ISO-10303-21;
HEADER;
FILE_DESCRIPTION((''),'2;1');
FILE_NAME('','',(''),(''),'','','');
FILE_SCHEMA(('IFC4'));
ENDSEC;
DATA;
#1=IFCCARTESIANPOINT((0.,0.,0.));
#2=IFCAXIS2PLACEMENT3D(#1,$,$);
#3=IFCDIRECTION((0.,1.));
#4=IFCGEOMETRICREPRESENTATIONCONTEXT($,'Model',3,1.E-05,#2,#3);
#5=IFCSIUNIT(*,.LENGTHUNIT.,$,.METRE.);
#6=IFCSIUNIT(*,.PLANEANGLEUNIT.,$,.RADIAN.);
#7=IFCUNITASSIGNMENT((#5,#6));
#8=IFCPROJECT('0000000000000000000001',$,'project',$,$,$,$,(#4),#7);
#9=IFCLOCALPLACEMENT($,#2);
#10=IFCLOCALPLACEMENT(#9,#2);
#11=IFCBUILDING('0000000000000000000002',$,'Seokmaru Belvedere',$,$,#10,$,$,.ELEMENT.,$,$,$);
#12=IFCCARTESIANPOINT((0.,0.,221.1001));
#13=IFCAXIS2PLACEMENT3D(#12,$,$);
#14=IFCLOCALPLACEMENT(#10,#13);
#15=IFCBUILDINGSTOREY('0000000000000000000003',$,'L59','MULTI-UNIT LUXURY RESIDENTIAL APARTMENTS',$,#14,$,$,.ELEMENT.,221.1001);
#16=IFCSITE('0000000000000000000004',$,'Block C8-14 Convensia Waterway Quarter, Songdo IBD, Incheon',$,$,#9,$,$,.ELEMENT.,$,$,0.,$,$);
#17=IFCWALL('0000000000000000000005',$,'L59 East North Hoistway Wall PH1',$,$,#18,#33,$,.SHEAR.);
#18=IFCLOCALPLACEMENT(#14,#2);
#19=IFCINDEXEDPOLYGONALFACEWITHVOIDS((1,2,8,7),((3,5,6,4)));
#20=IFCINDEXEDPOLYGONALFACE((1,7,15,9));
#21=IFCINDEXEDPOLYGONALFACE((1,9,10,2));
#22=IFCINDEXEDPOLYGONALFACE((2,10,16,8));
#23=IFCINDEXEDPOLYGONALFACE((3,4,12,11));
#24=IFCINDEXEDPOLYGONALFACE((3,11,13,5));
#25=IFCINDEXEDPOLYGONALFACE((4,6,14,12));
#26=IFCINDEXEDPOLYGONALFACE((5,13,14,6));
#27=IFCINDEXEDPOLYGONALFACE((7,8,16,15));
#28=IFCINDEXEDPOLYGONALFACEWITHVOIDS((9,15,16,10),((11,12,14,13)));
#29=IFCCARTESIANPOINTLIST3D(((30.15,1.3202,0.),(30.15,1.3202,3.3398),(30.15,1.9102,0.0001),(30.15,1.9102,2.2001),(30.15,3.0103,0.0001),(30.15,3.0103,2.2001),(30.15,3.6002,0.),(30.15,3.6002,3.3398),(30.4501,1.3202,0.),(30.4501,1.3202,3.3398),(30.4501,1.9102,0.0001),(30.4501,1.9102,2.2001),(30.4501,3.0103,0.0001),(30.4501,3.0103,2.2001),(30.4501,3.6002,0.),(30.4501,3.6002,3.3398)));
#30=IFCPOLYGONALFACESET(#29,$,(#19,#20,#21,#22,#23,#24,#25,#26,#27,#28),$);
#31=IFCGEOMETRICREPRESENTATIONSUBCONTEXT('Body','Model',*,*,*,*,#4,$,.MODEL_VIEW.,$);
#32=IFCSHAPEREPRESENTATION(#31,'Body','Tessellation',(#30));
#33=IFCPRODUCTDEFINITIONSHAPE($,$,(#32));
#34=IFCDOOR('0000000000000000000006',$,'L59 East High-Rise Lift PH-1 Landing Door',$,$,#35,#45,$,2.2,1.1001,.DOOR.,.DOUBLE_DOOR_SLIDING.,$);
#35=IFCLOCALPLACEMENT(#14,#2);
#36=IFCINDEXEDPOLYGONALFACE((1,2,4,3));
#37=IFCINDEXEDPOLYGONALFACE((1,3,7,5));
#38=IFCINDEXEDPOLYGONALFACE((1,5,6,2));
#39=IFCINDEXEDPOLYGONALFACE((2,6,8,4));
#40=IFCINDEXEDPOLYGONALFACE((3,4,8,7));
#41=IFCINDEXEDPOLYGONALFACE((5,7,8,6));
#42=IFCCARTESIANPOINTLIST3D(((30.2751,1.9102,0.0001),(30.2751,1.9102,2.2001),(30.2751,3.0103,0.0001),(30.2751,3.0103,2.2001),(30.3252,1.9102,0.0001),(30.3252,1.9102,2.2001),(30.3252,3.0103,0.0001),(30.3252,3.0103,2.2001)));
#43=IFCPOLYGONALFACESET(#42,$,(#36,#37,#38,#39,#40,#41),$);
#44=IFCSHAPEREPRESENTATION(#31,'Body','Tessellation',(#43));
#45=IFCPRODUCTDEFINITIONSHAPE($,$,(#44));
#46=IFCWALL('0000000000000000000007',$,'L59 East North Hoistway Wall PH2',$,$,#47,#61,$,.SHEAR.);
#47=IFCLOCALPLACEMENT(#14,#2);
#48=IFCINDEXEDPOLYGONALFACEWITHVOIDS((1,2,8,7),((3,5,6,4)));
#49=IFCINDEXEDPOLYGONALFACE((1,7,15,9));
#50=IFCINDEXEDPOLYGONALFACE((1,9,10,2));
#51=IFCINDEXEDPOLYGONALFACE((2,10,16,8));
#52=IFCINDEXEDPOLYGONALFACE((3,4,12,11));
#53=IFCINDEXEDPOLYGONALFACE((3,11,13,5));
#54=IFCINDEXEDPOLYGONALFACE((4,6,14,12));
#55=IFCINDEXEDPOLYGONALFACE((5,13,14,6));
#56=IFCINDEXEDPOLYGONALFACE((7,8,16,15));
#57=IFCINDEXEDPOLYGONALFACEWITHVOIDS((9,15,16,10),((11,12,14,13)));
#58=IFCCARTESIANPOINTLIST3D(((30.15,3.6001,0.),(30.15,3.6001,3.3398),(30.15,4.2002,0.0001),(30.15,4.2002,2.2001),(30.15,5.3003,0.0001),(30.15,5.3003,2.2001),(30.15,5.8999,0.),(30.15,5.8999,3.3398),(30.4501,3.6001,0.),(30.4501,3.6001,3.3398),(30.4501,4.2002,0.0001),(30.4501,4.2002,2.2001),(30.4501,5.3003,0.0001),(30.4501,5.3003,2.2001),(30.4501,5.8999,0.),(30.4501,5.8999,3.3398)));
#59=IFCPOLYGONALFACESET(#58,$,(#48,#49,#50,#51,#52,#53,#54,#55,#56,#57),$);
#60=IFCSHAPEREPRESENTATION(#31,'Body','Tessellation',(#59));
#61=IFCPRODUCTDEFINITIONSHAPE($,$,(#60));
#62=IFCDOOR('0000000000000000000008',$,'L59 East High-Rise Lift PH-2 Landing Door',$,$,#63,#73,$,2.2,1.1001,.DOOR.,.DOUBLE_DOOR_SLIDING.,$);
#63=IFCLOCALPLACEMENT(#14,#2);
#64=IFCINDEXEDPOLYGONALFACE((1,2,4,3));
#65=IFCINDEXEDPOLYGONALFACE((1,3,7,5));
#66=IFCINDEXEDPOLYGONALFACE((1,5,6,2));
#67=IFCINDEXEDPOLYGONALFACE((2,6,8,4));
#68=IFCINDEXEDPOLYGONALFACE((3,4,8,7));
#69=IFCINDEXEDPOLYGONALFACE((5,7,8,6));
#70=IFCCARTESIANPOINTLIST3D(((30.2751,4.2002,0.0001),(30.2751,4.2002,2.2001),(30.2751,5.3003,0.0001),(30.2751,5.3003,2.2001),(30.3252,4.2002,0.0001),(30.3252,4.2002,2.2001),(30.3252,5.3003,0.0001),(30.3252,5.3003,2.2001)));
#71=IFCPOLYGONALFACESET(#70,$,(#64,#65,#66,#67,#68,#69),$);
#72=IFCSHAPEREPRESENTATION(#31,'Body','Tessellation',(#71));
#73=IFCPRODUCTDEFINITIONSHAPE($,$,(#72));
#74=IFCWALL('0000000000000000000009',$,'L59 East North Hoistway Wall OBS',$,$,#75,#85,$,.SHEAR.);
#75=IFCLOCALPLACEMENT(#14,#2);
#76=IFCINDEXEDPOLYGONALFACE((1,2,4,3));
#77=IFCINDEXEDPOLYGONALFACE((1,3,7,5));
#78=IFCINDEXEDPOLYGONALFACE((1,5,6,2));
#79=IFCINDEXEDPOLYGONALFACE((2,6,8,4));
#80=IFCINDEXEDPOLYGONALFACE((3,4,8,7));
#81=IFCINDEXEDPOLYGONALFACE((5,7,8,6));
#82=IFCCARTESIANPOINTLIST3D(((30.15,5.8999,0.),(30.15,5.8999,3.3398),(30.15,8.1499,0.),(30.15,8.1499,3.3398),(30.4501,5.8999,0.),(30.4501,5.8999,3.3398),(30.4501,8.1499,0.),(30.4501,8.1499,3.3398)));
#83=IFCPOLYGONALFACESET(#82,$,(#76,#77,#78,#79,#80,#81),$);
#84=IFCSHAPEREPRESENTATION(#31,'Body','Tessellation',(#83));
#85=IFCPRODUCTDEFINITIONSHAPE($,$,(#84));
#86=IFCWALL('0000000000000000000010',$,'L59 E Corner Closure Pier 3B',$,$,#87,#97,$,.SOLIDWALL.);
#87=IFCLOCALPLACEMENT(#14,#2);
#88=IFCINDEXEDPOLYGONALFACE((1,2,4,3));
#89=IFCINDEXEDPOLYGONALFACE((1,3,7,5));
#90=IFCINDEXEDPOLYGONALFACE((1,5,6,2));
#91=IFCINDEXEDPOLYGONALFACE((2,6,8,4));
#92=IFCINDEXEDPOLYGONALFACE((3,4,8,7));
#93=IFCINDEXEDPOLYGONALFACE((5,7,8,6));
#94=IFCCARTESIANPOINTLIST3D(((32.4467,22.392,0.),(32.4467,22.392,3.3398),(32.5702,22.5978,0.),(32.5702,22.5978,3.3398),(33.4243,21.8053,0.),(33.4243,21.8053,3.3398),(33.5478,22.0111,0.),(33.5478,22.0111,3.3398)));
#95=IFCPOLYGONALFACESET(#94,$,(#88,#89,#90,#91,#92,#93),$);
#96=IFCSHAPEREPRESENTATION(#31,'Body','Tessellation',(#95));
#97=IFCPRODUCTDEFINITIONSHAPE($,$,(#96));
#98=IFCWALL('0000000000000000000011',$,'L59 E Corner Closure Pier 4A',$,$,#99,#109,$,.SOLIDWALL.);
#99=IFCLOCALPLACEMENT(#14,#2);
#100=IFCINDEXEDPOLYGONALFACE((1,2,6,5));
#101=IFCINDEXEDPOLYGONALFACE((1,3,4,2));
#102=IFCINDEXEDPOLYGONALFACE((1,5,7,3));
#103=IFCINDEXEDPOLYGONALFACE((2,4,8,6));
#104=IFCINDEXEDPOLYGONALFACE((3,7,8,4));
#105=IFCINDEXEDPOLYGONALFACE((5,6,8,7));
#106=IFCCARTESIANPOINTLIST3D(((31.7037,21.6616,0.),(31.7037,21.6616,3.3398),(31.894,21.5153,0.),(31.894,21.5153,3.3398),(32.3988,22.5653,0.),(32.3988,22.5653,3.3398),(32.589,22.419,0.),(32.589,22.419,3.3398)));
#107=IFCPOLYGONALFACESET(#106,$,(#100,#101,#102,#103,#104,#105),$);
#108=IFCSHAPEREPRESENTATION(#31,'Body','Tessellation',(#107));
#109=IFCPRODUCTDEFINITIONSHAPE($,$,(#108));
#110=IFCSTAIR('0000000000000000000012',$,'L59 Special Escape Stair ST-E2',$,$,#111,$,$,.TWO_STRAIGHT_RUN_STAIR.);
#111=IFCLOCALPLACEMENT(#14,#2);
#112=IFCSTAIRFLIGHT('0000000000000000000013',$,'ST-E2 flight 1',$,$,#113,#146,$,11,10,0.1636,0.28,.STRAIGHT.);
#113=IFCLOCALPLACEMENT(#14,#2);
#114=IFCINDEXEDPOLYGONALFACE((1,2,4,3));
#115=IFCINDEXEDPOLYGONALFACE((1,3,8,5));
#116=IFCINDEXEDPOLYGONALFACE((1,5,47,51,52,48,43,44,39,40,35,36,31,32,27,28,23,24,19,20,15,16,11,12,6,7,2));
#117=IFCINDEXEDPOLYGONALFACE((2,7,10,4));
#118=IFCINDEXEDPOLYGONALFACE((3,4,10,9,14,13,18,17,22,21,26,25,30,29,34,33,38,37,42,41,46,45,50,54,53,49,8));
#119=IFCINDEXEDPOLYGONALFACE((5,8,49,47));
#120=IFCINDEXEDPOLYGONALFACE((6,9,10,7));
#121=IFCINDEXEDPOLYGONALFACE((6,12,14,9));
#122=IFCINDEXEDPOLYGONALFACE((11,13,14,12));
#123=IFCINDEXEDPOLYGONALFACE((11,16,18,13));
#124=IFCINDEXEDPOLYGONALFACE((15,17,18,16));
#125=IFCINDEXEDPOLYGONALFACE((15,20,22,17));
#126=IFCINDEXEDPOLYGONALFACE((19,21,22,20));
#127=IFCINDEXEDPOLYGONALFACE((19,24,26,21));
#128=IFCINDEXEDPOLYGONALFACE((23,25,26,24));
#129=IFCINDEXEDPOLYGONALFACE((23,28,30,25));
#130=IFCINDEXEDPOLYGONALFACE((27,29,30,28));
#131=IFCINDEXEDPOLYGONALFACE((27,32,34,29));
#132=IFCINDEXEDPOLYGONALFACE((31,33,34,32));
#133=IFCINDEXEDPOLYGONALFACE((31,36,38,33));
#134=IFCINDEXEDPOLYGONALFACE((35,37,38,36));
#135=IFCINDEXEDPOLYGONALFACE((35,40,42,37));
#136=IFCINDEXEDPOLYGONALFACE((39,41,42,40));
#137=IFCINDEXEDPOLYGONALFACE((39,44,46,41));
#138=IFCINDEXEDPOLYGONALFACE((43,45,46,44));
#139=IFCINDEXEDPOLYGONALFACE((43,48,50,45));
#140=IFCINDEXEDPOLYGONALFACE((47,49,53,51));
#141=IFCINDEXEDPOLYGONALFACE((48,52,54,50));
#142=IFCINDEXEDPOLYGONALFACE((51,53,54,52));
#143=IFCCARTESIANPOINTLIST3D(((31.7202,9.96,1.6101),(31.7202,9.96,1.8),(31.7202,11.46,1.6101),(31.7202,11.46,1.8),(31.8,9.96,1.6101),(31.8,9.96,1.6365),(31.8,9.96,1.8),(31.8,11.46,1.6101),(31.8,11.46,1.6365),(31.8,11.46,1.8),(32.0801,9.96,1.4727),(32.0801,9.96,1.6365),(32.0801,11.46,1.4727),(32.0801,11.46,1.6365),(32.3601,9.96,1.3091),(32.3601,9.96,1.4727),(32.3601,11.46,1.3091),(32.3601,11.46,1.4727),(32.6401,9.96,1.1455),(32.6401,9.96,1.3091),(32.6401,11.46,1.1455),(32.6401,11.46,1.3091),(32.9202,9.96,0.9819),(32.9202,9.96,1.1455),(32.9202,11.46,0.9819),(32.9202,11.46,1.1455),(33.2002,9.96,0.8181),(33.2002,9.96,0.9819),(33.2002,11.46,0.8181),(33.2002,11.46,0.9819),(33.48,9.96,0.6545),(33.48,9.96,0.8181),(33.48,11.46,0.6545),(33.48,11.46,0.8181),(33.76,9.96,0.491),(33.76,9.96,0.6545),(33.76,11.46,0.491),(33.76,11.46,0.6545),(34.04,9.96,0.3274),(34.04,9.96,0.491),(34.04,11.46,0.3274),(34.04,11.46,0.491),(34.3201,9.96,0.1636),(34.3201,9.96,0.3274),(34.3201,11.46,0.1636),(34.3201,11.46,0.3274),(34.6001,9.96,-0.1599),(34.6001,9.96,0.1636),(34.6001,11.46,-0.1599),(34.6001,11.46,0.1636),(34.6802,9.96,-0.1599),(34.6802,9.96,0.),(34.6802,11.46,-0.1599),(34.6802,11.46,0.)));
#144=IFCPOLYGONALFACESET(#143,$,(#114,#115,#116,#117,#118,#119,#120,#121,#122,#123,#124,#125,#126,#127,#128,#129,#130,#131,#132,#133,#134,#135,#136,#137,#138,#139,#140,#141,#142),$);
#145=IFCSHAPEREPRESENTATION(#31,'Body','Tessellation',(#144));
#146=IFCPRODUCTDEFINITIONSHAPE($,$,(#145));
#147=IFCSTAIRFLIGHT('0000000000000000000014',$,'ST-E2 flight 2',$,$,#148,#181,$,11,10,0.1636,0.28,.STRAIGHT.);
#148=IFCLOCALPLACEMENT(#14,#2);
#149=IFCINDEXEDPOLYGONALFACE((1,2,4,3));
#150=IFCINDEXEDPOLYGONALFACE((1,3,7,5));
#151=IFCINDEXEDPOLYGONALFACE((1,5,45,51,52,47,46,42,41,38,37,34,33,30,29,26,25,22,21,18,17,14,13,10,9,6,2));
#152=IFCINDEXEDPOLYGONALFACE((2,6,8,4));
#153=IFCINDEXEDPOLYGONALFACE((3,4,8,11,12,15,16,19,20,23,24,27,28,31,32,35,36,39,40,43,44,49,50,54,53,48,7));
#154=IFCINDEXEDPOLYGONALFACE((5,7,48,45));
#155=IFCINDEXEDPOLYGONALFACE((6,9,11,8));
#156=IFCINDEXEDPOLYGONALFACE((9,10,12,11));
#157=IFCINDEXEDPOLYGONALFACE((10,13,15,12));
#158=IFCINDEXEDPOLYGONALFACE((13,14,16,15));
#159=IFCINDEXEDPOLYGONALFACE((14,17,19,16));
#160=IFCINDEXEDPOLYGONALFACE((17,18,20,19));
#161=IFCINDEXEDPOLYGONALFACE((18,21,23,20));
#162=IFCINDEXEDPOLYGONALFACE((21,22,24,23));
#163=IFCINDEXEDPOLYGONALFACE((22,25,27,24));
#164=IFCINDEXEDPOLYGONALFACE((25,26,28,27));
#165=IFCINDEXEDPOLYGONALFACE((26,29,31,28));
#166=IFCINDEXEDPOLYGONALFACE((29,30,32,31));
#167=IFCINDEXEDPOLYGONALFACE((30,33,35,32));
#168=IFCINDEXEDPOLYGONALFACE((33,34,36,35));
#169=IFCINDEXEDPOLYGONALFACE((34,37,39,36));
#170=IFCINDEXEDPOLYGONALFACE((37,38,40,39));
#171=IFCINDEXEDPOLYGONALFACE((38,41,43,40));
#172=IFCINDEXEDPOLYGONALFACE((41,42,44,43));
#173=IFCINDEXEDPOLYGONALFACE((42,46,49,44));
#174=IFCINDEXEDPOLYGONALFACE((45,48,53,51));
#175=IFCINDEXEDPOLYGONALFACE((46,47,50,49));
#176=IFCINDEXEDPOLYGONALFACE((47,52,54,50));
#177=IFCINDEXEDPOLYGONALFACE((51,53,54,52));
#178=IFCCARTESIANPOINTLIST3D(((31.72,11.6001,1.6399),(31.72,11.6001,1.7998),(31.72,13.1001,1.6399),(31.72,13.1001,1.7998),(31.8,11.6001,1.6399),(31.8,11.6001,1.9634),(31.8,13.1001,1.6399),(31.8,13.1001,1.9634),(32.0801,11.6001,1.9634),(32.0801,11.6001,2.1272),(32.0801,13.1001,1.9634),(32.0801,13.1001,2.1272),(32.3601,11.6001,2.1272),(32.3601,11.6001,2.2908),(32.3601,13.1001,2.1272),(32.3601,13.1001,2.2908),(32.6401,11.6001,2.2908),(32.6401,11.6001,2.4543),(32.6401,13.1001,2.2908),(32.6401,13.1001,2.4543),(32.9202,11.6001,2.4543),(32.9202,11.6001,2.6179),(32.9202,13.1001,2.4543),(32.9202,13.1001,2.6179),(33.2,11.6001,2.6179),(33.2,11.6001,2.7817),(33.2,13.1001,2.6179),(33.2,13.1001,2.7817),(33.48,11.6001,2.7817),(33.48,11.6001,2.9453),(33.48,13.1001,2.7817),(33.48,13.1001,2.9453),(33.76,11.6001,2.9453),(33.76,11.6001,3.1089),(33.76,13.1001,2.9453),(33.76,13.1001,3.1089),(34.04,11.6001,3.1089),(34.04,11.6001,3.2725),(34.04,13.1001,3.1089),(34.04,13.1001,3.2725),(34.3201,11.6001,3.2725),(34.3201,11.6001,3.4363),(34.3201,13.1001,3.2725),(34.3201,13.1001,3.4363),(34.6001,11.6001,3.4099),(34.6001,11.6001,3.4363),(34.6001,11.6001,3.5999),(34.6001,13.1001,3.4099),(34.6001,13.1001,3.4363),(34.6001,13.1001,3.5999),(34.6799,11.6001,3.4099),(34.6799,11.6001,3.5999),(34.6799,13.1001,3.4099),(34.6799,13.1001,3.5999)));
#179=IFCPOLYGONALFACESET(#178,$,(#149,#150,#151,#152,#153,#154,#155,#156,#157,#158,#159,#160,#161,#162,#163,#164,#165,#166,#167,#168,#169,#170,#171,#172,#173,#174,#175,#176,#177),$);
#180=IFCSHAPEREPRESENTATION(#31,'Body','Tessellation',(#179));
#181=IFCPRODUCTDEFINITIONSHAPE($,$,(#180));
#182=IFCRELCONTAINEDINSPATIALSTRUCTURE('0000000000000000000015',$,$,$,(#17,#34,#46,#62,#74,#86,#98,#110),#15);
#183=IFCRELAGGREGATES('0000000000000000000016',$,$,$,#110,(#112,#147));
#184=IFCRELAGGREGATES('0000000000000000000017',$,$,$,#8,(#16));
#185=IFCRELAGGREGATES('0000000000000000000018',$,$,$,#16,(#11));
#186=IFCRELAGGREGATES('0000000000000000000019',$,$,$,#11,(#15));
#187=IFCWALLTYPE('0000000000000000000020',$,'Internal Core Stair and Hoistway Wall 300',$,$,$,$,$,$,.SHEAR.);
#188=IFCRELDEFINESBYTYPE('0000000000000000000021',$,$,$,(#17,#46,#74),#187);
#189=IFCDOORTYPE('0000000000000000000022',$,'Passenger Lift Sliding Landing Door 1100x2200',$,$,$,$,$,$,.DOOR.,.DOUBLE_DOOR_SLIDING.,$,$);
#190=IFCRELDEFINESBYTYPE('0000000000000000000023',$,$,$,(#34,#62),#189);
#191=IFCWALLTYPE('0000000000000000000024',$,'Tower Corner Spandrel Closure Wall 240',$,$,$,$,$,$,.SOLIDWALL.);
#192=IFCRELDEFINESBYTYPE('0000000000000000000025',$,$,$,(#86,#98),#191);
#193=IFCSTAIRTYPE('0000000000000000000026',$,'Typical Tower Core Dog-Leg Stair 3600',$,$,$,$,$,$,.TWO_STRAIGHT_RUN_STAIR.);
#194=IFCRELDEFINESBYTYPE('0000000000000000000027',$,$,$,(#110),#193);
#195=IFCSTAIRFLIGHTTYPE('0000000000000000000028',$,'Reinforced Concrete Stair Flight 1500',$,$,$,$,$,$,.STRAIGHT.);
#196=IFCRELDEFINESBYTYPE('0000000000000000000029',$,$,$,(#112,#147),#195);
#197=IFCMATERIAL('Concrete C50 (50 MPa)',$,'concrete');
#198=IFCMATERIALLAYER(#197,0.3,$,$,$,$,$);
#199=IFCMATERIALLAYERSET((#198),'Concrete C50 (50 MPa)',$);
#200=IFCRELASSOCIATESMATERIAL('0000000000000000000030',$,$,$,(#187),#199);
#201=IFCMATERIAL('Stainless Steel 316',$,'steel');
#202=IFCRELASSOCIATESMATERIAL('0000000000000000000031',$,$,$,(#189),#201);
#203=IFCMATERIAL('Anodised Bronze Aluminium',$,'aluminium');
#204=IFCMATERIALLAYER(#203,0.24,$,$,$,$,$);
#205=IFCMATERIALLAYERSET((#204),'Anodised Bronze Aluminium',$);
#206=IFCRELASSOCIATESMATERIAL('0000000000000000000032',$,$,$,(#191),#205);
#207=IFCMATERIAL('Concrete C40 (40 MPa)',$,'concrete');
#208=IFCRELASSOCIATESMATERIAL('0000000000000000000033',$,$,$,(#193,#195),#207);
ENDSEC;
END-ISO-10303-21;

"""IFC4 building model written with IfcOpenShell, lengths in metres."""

from ifc_helpers import new_model, si_unit, direction, frame, frame_2d, origin, place, context, subcontext, project, spatial, polyline, rectangle, outline, extrude, source, transform, mapped, material, layer, layer_set, type_object, type_shapes, element, fill, aggregate, save


model = new_model("IFC4")

# Units and contexts
model_context = context("Model", 3, precision=1e-05, world=origin(), true_north=direction((0.0, 1.0)))
body_context = subcontext(model_context, "Body", "Model", "MODEL_VIEW")
ifc_project = project(units=[si_unit("LENGTHUNIT", "METRE"), si_unit("PLANEANGLEUNIT", "RADIAN")], contexts=[model_context])

# Site, building, storey
site_placement = place(None, origin())
site = spatial("IfcSite", under=ifc_project, at=site_placement, Name="Block C8-14 Convensia Waterway Quarter, Songdo IBD, Incheon", CompositionType="ELEMENT", RefElevation=0.0)
building_placement = place(site_placement, origin())
building = spatial("IfcBuilding", under=site, at=building_placement, Name="Seokmaru Belvedere", CompositionType="ELEMENT")
storey_placement = place(building_placement, frame((0.0, 0.0, 221.1001)))
storey = spatial("IfcBuildingStorey", under=building, at=storey_placement, Name="L59", Description="MULTI-UNIT LUXURY RESIDENTIAL APARTMENTS", CompositionType="ELEMENT", Elevation=221.1001)

# Shared definitions
ifc_material_1 = material(Name="Anodised Bronze Aluminium", Category="aluminium")

# Walls, openings, doors
ifc_material_2 = material(Name="Concrete C50 (50 MPa)", Category="concrete")
ifc_layer_1 = layer(ifc_material_2, 0.3)
ifc_layer_set_1 = layer_set([ifc_layer_1], Name="Concrete C50 (50 MPa)")
wall_type_1 = type_object("IfcWallType", Name="Internal Core Stair and Hoistway Wall 300", PredefinedType="SHEAR", material=ifc_layer_set_1)
wall_1_placement = place(storey_placement, frame((30.3, 1.3201, 0.0), z_axis=(0.0, 0.0, 1.0), x_axis=(0.0, 1.0, 0.0)))
wall_1 = element("IfcWall", 1, at=wall_1_placement, inside=storey, type_object=wall_type_1, Name="L59 East North Hoistway Wall PH1", PredefinedType="SHEAR", context=body_context, shape_type="SweptSolid", body=[
    extrude(rectangle(XDim=2.28, YDim=0.3, at=frame_2d((1.1401, 0.0))), origin(), (0.0, 0.0, 1.0), 3.3398),
])
opening_1_placement = place(wall_1_placement, frame((0.5901, 0.0, 0.0)))
opening_1 = element("IfcOpeningElement", 2, at=opening_1_placement, cuts=wall_1, PredefinedType="OPENING", context=body_context, shape_type="SweptSolid", body=[
    extrude(rectangle(XDim=1.1001, YDim=2.2, at=frame_2d((0.55, 1.1001))), frame((0.0, 0.1602, 0.0), z_axis=(0.0, -1.0, 0.0), x_axis=(1.0, 0.0, 0.0)), (0.0, 0.0, 1.0), 0.3201),
])
ifc_material_3 = material(Name="Stainless Steel 316", Category="steel")
door_type_1 = type_object("IfcDoorType", Name="Passenger Lift Sliding Landing Door 1100x2200", OperationType="DOUBLE_DOOR_SLIDING", PredefinedType="DOOR", material=ifc_material_3)
shared_shape_1 = source(origin(), body_context, "Body", "SweptSolid", [
    extrude(rectangle(XDim=1.1001, YDim=2.2, at=frame_2d((0.55, 1.1001))), frame((0.0, 0.0249, 0.0), z_axis=(0.0, -1.0, 0.0), x_axis=(1.0, 0.0, 0.0)), (0.0, 0.0, 1.0), 0.05),
])
type_shapes(door_type_1, [shared_shape_1])
door_1_placement = place(opening_1_placement, origin())
door_1 = element("IfcDoor", 3, at=door_1_placement, inside=storey, type_object=door_type_1, Name="L59 East High-Rise Lift PH-1 Landing Door", OperationType="DOUBLE_DOOR_SLIDING", OverallHeight=2.2, OverallWidth=1.1001, PredefinedType="DOOR", context=body_context, shape_type="MappedRepresentation", body=[
    mapped(shared_shape_1, transform((0.0, 0.0, 0.0), scale=1.0)),
])
fill(opening_1, door_1)
wall_2_placement = place(storey_placement, frame((30.3, 3.6001, 0.0), z_axis=(0.0, 0.0, 1.0), x_axis=(0.0, 1.0, 0.0)))
wall_2 = element("IfcWall", 4, at=wall_2_placement, inside=storey, type_object=wall_type_1, Name="L59 East North Hoistway Wall PH2", PredefinedType="SHEAR", context=body_context, shape_type="SweptSolid", body=[
    extrude(rectangle(XDim=2.2998, YDim=0.3, at=frame_2d((1.1499, 0.0))), origin(), (0.0, 0.0, 1.0), 3.3398),
])
opening_2_placement = place(wall_2_placement, frame((0.6001, 0.0, 0.0)))
opening_2 = element("IfcOpeningElement", 5, at=opening_2_placement, cuts=wall_2, PredefinedType="OPENING", context=body_context, shape_type="SweptSolid", body=[
    extrude(rectangle(XDim=1.1001, YDim=2.2, at=frame_2d((0.55, 1.1001))), frame((0.0, 0.1602, 0.0), z_axis=(0.0, -1.0, 0.0), x_axis=(1.0, 0.0, 0.0)), (0.0, 0.0, 1.0), 0.3201),
])
door_2_placement = place(opening_2_placement, origin())
door_2 = element("IfcDoor", 6, at=door_2_placement, inside=storey, type_object=door_type_1, Name="L59 East High-Rise Lift PH-2 Landing Door", OperationType="DOUBLE_DOOR_SLIDING", OverallHeight=2.2, OverallWidth=1.1001, PredefinedType="DOOR", context=body_context, shape_type="MappedRepresentation", body=[
    mapped(shared_shape_1, transform((0.0, 0.0, 0.0), scale=1.0)),
])
fill(opening_2, door_2)

# Wall
wall_3_placement = place(storey_placement, frame((30.3, 5.8999, 0.0), z_axis=(0.0, 0.0, 1.0), x_axis=(0.0, 1.0, 0.0)))
element("IfcWall", 7, at=wall_3_placement, inside=storey, type_object=wall_type_1, Name="L59 East North Hoistway Wall OBS", PredefinedType="SHEAR", context=body_context, shape_type="SweptSolid", body=[
    extrude(rectangle(XDim=2.25, YDim=0.3, at=frame_2d((1.125, 0.0))), origin(), (0.0, 0.0, 1.0), 3.3398),
])

# Walls
ifc_layer_2 = layer(ifc_material_1, 0.24)
ifc_layer_set_2 = layer_set([ifc_layer_2], Name="Anodised Bronze Aluminium")
wall_type_2 = type_object("IfcWallType", Name="Tower Corner Spandrel Closure Wall 240", PredefinedType="SOLIDWALL", material=ifc_layer_set_2)
for number, where, z_axis, x_axis, name in (
    (8, (33.4861, 21.9082, 0.0), (0.0, 0.0, 1.0), (-0.857436, 0.51459, 0.0), "L59 E Corner Closure Pier 3B"),
    (9, (32.4939, 22.4922, 0.0), (0.0, 0.0, 1.0), (-0.609618, -0.792696, 0.0), "L59 E Corner Closure Pier 4A"),
):
    element("IfcWall", number, at=place(storey_placement, frame(where, z_axis=z_axis, x_axis=x_axis)), inside=storey, type_object=wall_type_2, Name=name, PredefinedType="SOLIDWALL", context=body_context, shape_type="SweptSolid", body=[
        extrude(rectangle(XDim=1.1401, YDim=0.24, at=frame_2d((0.5701, 0.0))), origin(), (0.0, 0.0, 1.0), 3.3398),
    ])

# Stair, stair flights
ifc_material_4 = material(Name="Concrete C40 (40 MPa)", Category="concrete")
stair_type = type_object("IfcStairType", Name="Typical Tower Core Dog-Leg Stair 3600", PredefinedType="TWO_STRAIGHT_RUN_STAIR", material=ifc_material_4)
stair_placement = place(storey_placement, origin())
stair = element("IfcStair", 10, at=stair_placement, inside=storey, type_object=stair_type, Name="L59 Special Escape Stair ST-E2", PredefinedType="TWO_STRAIGHT_RUN_STAIR")
stair_flight_type = type_object("IfcStairFlightType", Name="Reinforced Concrete Stair Flight 1500", PredefinedType="STRAIGHT", material=ifc_material_4)
stair_flight_1_placement = place(storey_placement, frame((34.6001, 10.71, 0.0), z_axis=(0.0, 0.0, 1.0), x_axis=(-1.0, 0.0, 0.0)))
stair_flight_1 = element("IfcStairFlight", 11, at=stair_flight_1_placement, type_object=stair_flight_type, Name="ST-E2 flight 1", NumberOfRisers=11, NumberOfTreads=10, PredefinedType="STRAIGHT", RiserHeight=0.1636, TreadLength=0.28, context=body_context, shape_type="SweptSolid", body=[
    extrude(outline(polyline([(-0.0801, 0.0), (0.0, 0.1636), (0.28, 0.1636), (0.28, 0.3274), (0.5601, 0.3274), (0.5601, 0.491), (0.8401, 0.491), (0.8401, 0.6545), (1.1201, 0.6545), (1.1201, 0.8181), (1.3999, 0.8181), (1.3999, 0.9819), (1.6799, 0.9819), (1.6799, 1.1455), (1.96, 1.1455), (1.96, 1.3091), (2.24, 1.3091), (2.24, 1.4727), (2.52, 1.4727), (2.52, 1.6365), (2.8, 1.6365), (2.8, 1.8), (2.8799, 1.8), (2.8799, 1.6101), (2.8, 1.6101), (0.0, -0.1599), (-0.0801, -0.1599), (-0.0801, 0.0)])), frame((0.0, 0.75, 0.0), z_axis=(0.0, -1.0, 0.0), x_axis=(1.0, 0.0, 0.0)), (0.0, 0.0, 1.0), 1.5),
])
stair_flight_2_placement = place(storey_placement, frame((31.8, 12.3501, 1.7998), z_axis=(0.0, 0.0, 1.0), x_axis=(1.0, 0.0, 0.0)))
stair_flight_2 = element("IfcStairFlight", 12, at=stair_flight_2_placement, type_object=stair_flight_type, Name="ST-E2 flight 2", NumberOfRisers=11, NumberOfTreads=10, PredefinedType="STRAIGHT", RiserHeight=0.1636, TreadLength=0.28, context=body_context, shape_type="SweptSolid", body=[
    extrude(outline(polyline([(-0.0801, 0.0), (0.0, 0.1636), (0.28, 0.1636), (0.28, 0.3274), (0.5601, 0.3274), (0.5601, 0.491), (0.8401, 0.491), (0.8401, 0.6545), (1.1201, 0.6545), (1.1201, 0.8181), (1.3999, 0.8181), (1.3999, 0.9819), (1.6799, 0.9819), (1.6799, 1.1455), (1.96, 1.1455), (1.96, 1.3091), (2.24, 1.3091), (2.24, 1.4727), (2.52, 1.4727), (2.52, 1.6365), (2.8, 1.6365), (2.8, 1.8), (2.8799, 1.8), (2.8799, 1.6101), (2.8, 1.6101), (0.0, -0.1599), (-0.0801, -0.1599), (-0.0801, 0.0)])), frame((0.0, 0.75, 0.0), z_axis=(0.0, -1.0, 0.0), x_axis=(1.0, 0.0, 0.0)), (0.0, 0.0, 1.0), 1.5),
])
aggregate(stair, [stair_flight_1, stair_flight_2])

save(model, "model.ifc")
